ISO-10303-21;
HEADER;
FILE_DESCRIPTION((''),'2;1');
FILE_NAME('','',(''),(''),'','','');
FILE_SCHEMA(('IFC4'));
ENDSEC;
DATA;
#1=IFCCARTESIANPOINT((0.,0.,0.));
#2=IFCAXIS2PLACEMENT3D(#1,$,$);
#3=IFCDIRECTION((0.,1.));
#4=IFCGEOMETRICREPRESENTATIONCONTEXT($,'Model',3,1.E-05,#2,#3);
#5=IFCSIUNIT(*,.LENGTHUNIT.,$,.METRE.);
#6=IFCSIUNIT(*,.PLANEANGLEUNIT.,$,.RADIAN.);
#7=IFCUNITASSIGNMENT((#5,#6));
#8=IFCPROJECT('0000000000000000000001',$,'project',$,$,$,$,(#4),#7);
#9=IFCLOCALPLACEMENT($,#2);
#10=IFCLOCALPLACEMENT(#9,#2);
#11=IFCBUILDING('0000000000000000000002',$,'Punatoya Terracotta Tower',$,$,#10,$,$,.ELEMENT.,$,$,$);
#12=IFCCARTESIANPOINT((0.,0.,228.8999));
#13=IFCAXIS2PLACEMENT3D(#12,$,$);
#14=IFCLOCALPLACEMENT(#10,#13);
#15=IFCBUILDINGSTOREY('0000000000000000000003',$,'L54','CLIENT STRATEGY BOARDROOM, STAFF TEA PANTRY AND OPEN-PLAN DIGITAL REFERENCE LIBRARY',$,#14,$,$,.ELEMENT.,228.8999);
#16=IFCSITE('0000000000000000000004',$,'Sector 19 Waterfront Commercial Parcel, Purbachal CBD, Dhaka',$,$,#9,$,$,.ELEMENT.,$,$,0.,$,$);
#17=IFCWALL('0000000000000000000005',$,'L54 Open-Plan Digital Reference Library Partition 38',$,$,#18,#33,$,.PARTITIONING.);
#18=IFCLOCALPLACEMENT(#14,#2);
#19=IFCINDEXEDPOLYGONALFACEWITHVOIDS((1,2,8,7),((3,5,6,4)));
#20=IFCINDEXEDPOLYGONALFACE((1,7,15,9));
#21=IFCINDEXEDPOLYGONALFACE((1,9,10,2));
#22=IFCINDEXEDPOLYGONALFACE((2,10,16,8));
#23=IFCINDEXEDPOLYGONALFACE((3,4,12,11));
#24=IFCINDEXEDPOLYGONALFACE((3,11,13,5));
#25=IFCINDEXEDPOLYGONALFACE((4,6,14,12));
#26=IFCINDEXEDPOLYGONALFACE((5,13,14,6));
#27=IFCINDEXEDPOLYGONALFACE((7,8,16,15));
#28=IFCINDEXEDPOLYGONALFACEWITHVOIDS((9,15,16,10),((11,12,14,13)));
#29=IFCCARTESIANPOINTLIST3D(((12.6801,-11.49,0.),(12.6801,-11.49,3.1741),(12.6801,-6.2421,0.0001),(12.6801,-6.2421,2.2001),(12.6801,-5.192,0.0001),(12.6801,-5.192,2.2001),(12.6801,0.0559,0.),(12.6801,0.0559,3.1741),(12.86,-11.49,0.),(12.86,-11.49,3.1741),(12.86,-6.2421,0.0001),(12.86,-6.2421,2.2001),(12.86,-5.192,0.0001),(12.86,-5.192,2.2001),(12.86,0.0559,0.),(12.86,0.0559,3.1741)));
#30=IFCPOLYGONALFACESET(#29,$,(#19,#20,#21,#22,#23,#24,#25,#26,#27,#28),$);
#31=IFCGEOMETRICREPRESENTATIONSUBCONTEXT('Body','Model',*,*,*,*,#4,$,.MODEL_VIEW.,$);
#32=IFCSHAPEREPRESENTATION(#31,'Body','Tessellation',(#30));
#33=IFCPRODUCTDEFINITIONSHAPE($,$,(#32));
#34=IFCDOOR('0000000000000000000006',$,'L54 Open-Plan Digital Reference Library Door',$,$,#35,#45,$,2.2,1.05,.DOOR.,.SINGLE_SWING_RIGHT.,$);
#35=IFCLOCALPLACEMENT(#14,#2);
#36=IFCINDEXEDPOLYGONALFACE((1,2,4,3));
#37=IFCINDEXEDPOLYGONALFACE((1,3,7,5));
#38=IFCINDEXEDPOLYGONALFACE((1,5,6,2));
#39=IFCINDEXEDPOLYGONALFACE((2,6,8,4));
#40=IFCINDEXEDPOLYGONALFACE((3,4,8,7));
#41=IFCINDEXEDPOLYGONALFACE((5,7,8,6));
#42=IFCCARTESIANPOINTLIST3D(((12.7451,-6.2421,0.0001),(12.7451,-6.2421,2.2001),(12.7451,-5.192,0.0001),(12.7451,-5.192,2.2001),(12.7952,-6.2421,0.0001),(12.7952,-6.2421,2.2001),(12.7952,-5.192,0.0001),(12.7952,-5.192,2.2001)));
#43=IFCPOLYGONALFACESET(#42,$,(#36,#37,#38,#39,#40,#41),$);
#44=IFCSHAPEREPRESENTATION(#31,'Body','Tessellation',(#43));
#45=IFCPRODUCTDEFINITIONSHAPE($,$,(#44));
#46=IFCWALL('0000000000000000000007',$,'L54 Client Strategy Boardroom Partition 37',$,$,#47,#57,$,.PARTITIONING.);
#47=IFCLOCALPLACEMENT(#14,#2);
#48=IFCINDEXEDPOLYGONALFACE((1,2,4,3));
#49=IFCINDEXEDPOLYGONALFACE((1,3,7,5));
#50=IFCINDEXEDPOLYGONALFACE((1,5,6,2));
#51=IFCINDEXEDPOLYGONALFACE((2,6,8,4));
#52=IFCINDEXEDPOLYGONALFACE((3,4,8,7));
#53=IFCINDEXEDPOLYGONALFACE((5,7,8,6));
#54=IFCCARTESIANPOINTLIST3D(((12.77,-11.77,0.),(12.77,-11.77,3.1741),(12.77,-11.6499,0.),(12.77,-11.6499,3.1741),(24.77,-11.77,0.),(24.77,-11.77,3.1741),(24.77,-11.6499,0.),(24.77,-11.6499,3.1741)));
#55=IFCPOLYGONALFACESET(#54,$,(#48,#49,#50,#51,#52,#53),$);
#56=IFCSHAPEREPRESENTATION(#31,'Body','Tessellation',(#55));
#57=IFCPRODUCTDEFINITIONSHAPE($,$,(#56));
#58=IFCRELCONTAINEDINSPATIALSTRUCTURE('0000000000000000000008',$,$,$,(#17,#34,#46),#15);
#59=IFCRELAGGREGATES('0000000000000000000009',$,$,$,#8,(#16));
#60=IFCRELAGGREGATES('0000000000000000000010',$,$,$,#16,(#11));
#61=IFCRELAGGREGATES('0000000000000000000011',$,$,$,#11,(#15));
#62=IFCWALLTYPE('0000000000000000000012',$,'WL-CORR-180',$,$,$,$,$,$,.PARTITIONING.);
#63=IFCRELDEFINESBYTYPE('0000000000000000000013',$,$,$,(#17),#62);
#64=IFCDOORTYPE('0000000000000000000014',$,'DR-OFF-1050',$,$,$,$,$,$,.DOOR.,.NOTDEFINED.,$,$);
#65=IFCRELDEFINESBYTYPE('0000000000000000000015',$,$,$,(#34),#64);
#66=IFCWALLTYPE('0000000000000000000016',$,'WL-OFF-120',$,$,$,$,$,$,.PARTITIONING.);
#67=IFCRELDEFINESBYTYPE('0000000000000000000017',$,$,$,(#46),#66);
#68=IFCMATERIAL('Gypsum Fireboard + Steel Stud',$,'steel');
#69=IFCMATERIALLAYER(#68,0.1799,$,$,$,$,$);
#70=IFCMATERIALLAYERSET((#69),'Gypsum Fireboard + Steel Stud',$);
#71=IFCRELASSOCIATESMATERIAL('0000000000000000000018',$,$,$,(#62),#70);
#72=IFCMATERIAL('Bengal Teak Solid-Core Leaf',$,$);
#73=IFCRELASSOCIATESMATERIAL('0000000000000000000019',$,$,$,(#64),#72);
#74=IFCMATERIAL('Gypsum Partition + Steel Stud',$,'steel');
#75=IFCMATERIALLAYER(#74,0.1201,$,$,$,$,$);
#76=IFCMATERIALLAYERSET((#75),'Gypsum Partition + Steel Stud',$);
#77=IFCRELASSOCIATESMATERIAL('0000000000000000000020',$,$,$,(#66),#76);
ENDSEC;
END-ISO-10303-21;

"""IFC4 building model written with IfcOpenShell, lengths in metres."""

from ifc_helpers import new_model, si_unit, direction, frame, frame_2d, origin, place, context, subcontext, project, spatial, rectangle, extrude, material, layer, layer_set, type_object, element, fill, save


model = new_model("IFC4")

# Units and contexts
model_context = context("Model", 3, precision=1e-05, world=origin(), true_north=direction((0.0, 1.0)))
body_context = subcontext(model_context, "Body", "Model", "MODEL_VIEW")
ifc_project = project(units=[si_unit("LENGTHUNIT", "METRE"), si_unit("PLANEANGLEUNIT", "RADIAN")], contexts=[model_context])

# Site, building, storey
site_placement = place(None, origin())
site = spatial("IfcSite", under=ifc_project, at=site_placement, Name="Sector 19 Waterfront Commercial Parcel, Purbachal CBD, Dhaka", CompositionType="ELEMENT", RefElevation=0.0)
building_placement = place(site_placement, origin())
building = spatial("IfcBuilding", under=site, at=building_placement, Name="Punatoya Terracotta Tower", CompositionType="ELEMENT")
storey_placement = place(building_placement, frame((0.0, 0.0, 228.8999)))
storey = spatial("IfcBuildingStorey", under=building, at=storey_placement, Name="L54", Description="CLIENT STRATEGY BOARDROOM, STAFF TEA PANTRY AND OPEN-PLAN DIGITAL REFERENCE LIBRARY", CompositionType="ELEMENT", Elevation=228.8999)

# Wall, opening, door
ifc_material_1 = material(Name="Gypsum Fireboard + Steel Stud", Category="steel")
ifc_layer_1 = layer(ifc_material_1, 0.1799)
ifc_layer_set_1 = layer_set([ifc_layer_1], Name="Gypsum Fireboard + Steel Stud")
wall_type_1 = type_object("IfcWallType", Name="WL-CORR-180", PredefinedType="PARTITIONING", material=ifc_layer_set_1)
wall_1_placement = place(storey_placement, frame((12.77, -11.49, 0.0), z_axis=(0.0, 0.0, 1.0), x_axis=(0.0, 1.0, 0.0)))
wall_1 = element("IfcWall", 1, at=wall_1_placement, inside=storey, type_object=wall_type_1, Name="L54 Open-Plan Digital Reference Library Partition 38", PredefinedType="PARTITIONING", context=body_context, shape_type="SweptSolid", body=[
    extrude(rectangle(XDim=11.5459, YDim=0.1799, at=frame_2d((5.7729, 0.0))), origin(), (0.0, 0.0, 1.0), 3.1741),
])
opening_1_placement = place(wall_1_placement, frame((5.248, 0.0, 0.0)))
opening_1 = element("IfcOpeningElement", 2, at=opening_1_placement, cuts=wall_1, PredefinedType="OPENING", context=body_context, shape_type="SweptSolid", body=[
    extrude(rectangle(XDim=1.05, YDim=2.2, at=frame_2d((0.5249, 1.1001))), frame((0.0, 0.0999, 0.0), z_axis=(0.0, -1.0, 0.0), x_axis=(1.0, 0.0, 0.0)), (0.0, 0.0, 1.0), 0.2),
])
ifc_material_2 = material(Name="Bengal Teak Solid-Core Leaf")
door_type_1 = type_object("IfcDoorType", Name="DR-OFF-1050", OperationType="NOTDEFINED", PredefinedType="DOOR", material=ifc_material_2)
door_1_placement = place(opening_1_placement, origin())
door_1 = element("IfcDoor", 3, at=door_1_placement, inside=storey, type_object=door_type_1, Name="L54 Open-Plan Digital Reference Library Door", OperationType="SINGLE_SWING_RIGHT", OverallHeight=2.2, OverallWidth=1.05, PredefinedType="DOOR", context=body_context, shape_type="SweptSolid", body=[
    extrude(rectangle(XDim=1.05, YDim=2.2, at=frame_2d((0.5249, 1.1001))), frame((0.0, 0.0249, 0.0), z_axis=(0.0, -1.0, 0.0), x_axis=(1.0, 0.0, 0.0)), (0.0, 0.0, 1.0), 0.05),
])
fill(opening_1, door_1)

# Wall
ifc_material_3 = material(Name="Gypsum Partition + Steel Stud", Category="steel")
ifc_layer_2 = layer(ifc_material_3, 0.1201)
ifc_layer_set_2 = layer_set([ifc_layer_2], Name="Gypsum Partition + Steel Stud")
wall_type_2 = type_object("IfcWallType", Name="WL-OFF-120", PredefinedType="PARTITIONING", material=ifc_layer_set_2)
wall_2_placement = place(storey_placement, frame((12.77, -11.71, 0.0), z_axis=(0.0, 0.0, 1.0), x_axis=(1.0, 0.0, 0.0)))
element("IfcWall", 4, at=wall_2_placement, inside=storey, type_object=wall_type_2, Name="L54 Client Strategy Boardroom Partition 37", PredefinedType="PARTITIONING", context=body_context, shape_type="SweptSolid", body=[
    extrude(rectangle(XDim=12.0, YDim=0.1201, at=frame_2d((6.0, 0.0))), origin(), (0.0, 0.0, 1.0), 3.1741),
])

save(model, "model.ifc")
